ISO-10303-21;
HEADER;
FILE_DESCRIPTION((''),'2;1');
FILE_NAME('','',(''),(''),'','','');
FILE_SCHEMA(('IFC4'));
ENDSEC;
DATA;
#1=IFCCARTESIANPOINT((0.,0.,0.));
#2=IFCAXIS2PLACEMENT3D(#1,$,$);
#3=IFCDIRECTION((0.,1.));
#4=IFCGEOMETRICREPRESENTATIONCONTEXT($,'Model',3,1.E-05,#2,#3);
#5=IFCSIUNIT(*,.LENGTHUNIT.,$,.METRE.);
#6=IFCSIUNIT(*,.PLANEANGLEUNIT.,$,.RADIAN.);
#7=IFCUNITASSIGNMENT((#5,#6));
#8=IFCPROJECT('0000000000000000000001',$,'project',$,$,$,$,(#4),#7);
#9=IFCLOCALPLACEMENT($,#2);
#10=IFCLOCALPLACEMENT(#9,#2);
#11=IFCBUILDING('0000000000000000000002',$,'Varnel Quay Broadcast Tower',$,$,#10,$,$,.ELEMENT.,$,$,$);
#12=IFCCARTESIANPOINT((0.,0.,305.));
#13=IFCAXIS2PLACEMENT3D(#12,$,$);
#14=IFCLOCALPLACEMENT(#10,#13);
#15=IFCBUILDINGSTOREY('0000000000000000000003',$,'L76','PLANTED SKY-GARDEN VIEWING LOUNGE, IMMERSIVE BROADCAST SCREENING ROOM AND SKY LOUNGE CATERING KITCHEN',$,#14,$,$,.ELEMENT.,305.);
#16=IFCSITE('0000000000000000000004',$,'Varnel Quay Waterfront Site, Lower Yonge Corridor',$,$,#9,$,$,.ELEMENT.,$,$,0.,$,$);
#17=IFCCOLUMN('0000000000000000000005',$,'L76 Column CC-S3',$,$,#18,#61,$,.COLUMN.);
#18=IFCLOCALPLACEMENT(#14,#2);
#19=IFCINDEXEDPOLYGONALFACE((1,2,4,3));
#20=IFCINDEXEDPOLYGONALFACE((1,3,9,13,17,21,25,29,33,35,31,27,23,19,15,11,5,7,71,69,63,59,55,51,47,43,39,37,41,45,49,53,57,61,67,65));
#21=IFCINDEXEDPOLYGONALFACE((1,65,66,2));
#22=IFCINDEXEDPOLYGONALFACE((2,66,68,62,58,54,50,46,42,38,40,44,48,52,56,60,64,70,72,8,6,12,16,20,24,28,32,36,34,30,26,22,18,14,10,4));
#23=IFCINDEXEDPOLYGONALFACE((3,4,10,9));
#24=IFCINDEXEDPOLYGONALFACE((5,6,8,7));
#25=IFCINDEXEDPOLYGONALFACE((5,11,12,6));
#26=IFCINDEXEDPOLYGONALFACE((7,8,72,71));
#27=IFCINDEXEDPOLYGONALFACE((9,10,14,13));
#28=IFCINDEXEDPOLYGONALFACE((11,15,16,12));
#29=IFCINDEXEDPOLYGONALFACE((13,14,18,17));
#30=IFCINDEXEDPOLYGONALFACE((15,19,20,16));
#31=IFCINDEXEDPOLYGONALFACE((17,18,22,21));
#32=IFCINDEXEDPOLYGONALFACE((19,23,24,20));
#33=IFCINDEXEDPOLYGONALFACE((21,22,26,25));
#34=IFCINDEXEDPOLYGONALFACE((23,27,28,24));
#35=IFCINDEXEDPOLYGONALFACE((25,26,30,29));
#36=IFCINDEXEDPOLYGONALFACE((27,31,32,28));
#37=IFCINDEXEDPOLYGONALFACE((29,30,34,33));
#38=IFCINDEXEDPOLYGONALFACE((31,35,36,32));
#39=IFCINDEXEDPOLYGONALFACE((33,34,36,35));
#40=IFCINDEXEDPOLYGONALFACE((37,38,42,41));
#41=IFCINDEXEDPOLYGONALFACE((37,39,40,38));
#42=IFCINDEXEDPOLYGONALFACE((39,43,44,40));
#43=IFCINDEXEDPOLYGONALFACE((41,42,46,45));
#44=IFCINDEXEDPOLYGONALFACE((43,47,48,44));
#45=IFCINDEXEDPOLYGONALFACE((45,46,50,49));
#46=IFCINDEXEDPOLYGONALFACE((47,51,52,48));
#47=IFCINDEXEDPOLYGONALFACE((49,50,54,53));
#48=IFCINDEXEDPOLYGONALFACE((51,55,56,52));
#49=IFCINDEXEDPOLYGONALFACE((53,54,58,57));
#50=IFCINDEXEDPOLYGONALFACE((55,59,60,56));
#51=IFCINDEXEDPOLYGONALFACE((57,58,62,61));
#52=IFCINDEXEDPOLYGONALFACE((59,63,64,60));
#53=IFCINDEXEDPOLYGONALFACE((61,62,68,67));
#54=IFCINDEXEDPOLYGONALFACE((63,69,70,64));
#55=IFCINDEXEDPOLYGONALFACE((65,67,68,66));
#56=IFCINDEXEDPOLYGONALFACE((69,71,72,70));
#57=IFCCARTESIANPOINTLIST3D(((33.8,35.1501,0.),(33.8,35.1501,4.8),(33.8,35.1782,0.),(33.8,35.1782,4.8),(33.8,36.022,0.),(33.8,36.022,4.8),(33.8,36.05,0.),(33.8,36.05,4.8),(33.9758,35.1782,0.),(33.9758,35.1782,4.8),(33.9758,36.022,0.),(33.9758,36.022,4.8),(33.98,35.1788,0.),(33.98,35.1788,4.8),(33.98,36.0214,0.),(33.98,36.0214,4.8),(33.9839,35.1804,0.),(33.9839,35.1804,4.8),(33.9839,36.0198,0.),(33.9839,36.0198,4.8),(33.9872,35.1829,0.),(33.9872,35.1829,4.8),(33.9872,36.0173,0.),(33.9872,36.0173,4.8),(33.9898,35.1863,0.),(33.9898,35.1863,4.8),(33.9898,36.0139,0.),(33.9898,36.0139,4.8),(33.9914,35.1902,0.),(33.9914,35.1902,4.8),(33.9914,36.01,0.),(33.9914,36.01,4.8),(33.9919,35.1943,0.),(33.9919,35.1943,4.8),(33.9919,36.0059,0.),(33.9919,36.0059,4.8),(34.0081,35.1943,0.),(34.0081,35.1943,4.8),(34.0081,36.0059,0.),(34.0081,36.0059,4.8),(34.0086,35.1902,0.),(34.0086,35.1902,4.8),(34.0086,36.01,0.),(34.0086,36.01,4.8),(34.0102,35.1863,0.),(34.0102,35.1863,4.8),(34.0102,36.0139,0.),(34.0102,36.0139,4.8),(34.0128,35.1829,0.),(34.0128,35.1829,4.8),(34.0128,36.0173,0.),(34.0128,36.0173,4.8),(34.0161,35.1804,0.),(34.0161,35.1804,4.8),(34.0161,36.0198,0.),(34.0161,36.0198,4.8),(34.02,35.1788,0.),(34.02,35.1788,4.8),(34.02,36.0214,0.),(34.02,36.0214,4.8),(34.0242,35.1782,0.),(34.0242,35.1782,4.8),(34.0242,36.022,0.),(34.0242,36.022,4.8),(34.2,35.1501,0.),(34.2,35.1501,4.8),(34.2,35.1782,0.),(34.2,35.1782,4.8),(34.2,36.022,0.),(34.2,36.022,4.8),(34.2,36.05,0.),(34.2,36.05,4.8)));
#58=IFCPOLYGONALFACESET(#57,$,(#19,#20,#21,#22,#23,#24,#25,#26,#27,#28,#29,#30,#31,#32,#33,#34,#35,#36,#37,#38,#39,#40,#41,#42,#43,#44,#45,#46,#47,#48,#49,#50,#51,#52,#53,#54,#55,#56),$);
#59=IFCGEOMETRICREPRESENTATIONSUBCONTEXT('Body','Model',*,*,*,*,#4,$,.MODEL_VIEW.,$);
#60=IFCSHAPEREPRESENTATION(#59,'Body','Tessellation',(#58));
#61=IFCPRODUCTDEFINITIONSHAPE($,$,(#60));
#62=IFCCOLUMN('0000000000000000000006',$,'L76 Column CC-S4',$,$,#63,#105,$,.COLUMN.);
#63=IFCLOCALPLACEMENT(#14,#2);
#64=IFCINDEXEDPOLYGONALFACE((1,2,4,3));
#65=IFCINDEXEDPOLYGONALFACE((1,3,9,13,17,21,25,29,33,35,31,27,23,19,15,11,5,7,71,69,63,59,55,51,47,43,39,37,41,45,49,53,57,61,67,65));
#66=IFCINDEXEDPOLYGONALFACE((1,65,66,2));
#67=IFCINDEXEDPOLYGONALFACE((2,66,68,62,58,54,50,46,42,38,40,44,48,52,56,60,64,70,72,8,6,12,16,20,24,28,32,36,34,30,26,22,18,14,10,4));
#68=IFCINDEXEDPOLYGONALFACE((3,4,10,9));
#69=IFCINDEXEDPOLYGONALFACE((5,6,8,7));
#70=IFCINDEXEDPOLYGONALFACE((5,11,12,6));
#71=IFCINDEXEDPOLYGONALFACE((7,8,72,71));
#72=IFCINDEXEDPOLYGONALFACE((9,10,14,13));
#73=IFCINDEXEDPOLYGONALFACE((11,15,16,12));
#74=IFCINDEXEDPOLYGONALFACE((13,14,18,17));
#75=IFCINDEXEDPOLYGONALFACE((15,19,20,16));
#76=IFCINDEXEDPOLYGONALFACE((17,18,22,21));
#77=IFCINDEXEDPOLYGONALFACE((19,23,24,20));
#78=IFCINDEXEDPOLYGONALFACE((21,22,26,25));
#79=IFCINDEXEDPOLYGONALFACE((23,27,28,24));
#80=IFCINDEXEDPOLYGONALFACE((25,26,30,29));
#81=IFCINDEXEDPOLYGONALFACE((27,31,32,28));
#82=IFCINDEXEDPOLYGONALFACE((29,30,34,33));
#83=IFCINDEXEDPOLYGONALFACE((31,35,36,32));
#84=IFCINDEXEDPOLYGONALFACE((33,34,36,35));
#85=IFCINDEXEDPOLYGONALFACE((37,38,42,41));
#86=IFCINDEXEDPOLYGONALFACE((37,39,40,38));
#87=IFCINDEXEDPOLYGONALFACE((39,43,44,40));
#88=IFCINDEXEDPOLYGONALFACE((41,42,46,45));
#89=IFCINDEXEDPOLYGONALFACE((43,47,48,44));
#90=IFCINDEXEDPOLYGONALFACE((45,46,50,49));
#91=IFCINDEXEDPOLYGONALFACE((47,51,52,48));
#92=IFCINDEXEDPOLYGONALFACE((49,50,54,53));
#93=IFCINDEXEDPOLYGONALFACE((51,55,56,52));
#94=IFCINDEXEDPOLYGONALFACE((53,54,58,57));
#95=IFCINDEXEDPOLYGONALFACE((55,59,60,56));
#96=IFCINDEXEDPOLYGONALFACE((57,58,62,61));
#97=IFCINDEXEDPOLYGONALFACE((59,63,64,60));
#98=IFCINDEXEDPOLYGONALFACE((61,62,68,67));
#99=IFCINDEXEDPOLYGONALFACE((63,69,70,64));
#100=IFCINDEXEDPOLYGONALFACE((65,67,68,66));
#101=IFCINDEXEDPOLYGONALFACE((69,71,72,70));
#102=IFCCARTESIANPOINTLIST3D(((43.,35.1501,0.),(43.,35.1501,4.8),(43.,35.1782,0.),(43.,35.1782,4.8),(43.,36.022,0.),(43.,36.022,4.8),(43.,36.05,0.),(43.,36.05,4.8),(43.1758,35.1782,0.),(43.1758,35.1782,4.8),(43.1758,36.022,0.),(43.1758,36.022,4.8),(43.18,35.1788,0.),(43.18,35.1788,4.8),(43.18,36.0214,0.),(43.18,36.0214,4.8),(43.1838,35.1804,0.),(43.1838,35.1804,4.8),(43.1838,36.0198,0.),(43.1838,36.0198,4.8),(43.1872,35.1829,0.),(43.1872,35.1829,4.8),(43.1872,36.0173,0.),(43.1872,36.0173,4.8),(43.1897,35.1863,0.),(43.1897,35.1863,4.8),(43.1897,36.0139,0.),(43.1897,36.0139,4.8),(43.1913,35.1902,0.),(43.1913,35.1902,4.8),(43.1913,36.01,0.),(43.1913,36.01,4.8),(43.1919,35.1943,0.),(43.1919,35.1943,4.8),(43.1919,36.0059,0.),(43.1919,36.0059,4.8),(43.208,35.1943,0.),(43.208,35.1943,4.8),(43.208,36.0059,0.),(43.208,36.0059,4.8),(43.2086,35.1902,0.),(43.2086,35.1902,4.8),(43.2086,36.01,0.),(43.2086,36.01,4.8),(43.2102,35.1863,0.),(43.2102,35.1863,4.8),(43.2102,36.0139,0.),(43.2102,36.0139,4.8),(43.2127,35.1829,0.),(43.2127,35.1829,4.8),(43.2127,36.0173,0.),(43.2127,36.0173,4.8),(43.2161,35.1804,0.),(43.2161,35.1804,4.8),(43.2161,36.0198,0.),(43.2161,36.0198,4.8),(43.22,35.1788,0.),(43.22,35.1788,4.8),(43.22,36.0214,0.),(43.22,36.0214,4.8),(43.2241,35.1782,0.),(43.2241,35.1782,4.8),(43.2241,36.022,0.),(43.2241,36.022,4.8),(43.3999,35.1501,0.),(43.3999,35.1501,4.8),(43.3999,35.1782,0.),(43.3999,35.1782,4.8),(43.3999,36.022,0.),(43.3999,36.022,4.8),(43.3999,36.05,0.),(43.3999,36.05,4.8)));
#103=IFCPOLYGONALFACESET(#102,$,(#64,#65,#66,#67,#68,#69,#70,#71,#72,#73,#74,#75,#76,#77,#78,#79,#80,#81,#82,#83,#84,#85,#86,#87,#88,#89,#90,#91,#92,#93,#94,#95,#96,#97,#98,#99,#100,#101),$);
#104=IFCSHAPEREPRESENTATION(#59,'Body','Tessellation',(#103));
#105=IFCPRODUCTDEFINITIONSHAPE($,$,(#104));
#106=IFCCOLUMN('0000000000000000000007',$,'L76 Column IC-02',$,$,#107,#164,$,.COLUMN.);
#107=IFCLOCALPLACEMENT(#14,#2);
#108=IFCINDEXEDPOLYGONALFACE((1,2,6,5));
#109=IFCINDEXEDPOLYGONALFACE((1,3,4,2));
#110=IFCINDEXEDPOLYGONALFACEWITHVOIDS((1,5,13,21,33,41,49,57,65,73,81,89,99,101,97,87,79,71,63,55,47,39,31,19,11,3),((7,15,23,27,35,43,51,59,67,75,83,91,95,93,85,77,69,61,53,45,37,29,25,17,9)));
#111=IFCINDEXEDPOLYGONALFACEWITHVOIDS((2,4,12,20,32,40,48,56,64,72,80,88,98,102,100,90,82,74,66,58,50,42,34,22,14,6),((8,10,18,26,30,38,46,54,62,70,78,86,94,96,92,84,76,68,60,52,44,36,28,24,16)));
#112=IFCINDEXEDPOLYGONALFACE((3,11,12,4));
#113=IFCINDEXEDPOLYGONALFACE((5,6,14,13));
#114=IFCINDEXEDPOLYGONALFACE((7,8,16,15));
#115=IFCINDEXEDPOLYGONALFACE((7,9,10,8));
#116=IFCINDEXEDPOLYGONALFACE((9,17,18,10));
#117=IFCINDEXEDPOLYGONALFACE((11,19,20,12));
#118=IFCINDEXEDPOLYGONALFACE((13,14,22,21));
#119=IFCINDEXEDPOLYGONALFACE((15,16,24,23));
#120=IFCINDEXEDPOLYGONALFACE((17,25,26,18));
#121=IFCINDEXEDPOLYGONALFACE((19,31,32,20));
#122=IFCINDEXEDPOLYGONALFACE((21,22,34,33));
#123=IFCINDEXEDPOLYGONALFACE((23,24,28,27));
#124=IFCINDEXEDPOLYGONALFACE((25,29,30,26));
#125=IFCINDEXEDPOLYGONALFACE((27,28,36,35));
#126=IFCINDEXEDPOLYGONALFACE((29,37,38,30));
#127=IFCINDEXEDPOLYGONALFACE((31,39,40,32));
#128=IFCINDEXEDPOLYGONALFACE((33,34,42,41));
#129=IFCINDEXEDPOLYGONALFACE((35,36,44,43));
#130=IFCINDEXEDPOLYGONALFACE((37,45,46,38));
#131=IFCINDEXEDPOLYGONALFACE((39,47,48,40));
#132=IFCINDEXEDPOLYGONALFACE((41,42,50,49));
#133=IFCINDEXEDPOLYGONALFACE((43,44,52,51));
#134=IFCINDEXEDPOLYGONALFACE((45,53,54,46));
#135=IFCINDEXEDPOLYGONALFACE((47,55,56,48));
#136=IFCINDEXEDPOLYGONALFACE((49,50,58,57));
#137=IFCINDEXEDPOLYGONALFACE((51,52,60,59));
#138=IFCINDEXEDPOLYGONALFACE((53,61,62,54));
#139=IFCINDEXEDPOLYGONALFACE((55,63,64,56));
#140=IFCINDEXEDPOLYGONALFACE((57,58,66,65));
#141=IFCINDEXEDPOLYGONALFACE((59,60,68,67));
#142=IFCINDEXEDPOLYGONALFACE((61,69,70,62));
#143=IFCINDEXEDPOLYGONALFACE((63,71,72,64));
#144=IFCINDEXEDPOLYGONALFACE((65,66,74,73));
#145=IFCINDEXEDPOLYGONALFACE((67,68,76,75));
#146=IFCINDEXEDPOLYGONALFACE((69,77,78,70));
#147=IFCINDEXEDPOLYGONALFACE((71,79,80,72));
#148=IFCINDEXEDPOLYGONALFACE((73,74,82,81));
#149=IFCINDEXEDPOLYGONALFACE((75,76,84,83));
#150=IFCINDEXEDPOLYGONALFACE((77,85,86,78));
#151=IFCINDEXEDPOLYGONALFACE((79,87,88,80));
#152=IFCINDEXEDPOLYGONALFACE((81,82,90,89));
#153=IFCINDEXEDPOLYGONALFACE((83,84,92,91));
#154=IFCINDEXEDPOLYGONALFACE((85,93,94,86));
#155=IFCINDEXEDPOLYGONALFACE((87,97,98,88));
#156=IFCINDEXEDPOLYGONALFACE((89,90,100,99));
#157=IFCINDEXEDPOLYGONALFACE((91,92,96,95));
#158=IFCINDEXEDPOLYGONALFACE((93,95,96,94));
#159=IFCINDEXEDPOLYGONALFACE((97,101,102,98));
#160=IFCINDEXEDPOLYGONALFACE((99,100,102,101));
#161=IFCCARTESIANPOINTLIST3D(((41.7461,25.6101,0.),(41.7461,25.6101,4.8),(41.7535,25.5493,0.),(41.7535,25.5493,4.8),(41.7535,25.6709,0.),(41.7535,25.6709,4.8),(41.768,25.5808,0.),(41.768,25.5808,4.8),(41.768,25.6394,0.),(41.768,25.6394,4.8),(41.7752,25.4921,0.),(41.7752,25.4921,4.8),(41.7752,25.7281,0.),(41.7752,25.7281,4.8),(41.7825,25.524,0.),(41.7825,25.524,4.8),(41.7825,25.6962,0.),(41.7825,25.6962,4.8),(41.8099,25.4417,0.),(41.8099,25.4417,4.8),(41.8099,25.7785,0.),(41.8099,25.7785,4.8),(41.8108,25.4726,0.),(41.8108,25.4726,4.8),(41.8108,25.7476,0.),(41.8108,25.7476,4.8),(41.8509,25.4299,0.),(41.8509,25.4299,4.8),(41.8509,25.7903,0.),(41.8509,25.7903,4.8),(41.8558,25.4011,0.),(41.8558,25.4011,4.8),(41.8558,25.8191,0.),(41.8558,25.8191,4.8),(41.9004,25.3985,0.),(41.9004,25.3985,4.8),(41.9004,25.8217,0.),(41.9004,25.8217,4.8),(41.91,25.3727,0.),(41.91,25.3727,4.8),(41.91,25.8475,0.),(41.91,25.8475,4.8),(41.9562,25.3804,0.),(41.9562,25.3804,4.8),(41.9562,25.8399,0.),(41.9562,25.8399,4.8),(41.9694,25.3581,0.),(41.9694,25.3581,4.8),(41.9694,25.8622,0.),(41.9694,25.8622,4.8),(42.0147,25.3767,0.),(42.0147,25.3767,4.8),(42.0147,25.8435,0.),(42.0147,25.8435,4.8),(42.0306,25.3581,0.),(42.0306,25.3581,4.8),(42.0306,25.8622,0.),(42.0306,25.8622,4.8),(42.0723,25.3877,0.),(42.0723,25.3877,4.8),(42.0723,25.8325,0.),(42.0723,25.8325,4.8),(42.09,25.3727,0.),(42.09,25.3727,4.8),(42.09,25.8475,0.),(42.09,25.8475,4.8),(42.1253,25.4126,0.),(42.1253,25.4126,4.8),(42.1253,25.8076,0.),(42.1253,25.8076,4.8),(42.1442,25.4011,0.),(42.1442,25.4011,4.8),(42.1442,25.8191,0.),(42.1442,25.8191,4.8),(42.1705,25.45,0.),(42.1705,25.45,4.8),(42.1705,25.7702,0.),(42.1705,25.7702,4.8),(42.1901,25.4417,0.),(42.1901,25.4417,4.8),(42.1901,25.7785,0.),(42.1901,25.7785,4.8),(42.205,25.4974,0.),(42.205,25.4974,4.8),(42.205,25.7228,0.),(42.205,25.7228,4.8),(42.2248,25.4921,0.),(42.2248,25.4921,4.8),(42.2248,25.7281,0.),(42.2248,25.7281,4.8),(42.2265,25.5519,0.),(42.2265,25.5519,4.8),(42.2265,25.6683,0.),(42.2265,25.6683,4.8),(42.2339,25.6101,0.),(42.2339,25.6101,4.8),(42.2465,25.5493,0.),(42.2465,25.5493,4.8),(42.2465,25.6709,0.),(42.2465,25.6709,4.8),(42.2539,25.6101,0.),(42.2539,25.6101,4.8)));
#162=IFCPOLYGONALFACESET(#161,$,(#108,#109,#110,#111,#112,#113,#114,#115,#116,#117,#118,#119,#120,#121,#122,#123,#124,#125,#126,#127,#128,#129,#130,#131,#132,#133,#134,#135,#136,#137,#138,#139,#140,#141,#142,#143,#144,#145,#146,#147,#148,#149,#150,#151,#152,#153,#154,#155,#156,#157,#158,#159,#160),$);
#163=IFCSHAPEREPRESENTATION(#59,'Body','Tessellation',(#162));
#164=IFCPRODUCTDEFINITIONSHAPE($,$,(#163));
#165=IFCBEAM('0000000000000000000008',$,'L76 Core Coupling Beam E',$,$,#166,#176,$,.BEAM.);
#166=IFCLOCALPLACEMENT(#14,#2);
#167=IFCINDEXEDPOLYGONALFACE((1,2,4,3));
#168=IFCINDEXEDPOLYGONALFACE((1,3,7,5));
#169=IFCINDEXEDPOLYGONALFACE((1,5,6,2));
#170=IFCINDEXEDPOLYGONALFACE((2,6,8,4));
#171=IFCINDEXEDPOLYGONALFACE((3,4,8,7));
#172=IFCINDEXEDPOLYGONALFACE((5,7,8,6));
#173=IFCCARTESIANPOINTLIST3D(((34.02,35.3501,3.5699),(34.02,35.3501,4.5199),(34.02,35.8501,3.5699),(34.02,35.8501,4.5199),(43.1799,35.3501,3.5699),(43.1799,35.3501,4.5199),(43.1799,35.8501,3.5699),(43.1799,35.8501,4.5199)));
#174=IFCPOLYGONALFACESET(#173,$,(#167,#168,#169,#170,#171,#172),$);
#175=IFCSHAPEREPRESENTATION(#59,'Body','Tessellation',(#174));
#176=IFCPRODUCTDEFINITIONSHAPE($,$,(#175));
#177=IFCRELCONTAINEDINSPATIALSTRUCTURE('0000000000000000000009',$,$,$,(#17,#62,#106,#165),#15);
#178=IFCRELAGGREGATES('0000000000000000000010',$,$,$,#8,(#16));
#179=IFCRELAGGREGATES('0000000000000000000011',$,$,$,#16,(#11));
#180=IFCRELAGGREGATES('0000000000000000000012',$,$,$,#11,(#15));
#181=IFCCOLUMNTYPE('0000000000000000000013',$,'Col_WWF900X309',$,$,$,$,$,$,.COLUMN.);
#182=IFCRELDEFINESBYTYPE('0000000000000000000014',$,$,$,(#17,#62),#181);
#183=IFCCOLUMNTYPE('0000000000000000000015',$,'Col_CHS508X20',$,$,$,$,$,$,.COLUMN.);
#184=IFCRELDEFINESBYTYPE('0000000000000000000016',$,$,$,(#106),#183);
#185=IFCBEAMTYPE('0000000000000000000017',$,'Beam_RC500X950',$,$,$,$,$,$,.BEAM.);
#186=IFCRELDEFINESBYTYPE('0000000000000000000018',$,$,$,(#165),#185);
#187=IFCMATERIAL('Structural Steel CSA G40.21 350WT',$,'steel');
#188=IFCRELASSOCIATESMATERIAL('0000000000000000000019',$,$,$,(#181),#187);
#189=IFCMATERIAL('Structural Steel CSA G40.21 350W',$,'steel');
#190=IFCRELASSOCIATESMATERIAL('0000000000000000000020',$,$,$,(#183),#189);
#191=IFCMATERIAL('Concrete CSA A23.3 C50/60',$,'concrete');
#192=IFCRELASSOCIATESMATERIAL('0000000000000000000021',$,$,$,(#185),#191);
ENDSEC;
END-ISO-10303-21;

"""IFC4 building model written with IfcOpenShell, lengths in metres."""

from ifc_helpers import new_model, si_unit, direction, frame, origin, origin_2d, place, context, subcontext, project, spatial, rectangle, hollow_circle, i_section, extrude, source, transform, mapped, material, material_profile, profile_set, type_object, type_shapes, element, save


model = new_model("IFC4")

# Units and contexts
model_context = context("Model", 3, precision=1e-05, world=origin(), true_north=direction((0.0, 1.0)))
body_context = subcontext(model_context, "Body", "Model", "MODEL_VIEW")
ifc_project = project(units=[si_unit("LENGTHUNIT", "METRE"), si_unit("PLANEANGLEUNIT", "RADIAN")], contexts=[model_context])

# Site, building, storey
site_placement = place(None, origin())
site = spatial("IfcSite", under=ifc_project, at=site_placement, Name="Varnel Quay Waterfront Site, Lower Yonge Corridor", CompositionType="ELEMENT", RefElevation=0.0)
building_placement = place(site_placement, origin())
building = spatial("IfcBuilding", under=site, at=building_placement, Name="Varnel Quay Broadcast Tower", CompositionType="ELEMENT")
storey_placement = place(building_placement, frame((0.0, 0.0, 305.0)))
storey = spatial("IfcBuildingStorey", under=building, at=storey_placement, Name="L76", Description="PLANTED SKY-GARDEN VIEWING LOUNGE, IMMERSIVE BROADCAST SCREENING ROOM AND SKY LOUNGE CATERING KITCHEN", CompositionType="ELEMENT", Elevation=305.0)

# Columns
ifc_material_1 = material(Name="Structural Steel CSA G40.21 350WT", Category="steel")
ifc_material_profile_1 = material_profile(ifc_material_1, i_section(OverallWidth=0.3999, OverallDepth=0.8999, WebThickness=0.0161, FlangeThickness=0.0281, FilletRadius=0.0161, at=origin_2d()), Name="WWF900X309")
ifc_profile_set_1 = profile_set([ifc_material_profile_1], Name="Structural Steel CSA G40.21 350WT")
column_type_1 = type_object("IfcColumnType", Name="Col_WWF900X309", PredefinedType="COLUMN", material=ifc_profile_set_1)
shared_shape_1 = source(origin(), body_context, "Body", "SweptSolid", [
    extrude(i_section(OverallWidth=0.3999, OverallDepth=0.8999, WebThickness=0.0161, FlangeThickness=0.0281, FilletRadius=0.0161, at=origin_2d()), origin(), (0.0, 0.0, 1.0), 4.8),
])
type_shapes(column_type_1, [shared_shape_1])
for number, where, z_axis, x_axis, name in (
    (1, (34.0, 35.6001, 0.0), (0.0, 0.0, 1.0), (1.0, 0.0, 0.0), "L76 Column CC-S3"),
    (2, (43.2, 35.6001, 0.0), (0.0, 0.0, 1.0), (1.0, 0.0, 0.0), "L76 Column CC-S4"),
):
    element("IfcColumn", number, at=place(storey_placement, frame(where, z_axis=z_axis, x_axis=x_axis)), inside=storey, type_object=column_type_1, Name=name, PredefinedType="COLUMN", context=body_context, shape_type="MappedRepresentation", body=[
        mapped(shared_shape_1, transform((0.0, 0.0, 0.0), x_axis=(1.0, 0.0, 0.0), y_axis=(0.0, 1.0, 0.0), z_axis=(0.0, 0.0, 1.0), scale=1.0)),
    ])
ifc_material_2 = material(Name="Structural Steel CSA G40.21 350W", Category="steel")
ifc_material_profile_2 = material_profile(ifc_material_2, hollow_circle(Radius=0.2539, WallThickness=0.02, at=origin_2d()), Name="CHS508X20")
ifc_profile_set_2 = profile_set([ifc_material_profile_2], Name="Structural Steel CSA G40.21 350W")
column_type_2 = type_object("IfcColumnType", Name="Col_CHS508X20", PredefinedType="COLUMN", material=ifc_profile_set_2)
shared_shape_2 = source(origin(), body_context, "Body", "SweptSolid", [
    extrude(hollow_circle(Radius=0.2539, WallThickness=0.02, at=origin_2d()), origin(), (0.0, 0.0, 1.0), 4.8),
])
type_shapes(column_type_2, [shared_shape_2])
column_placement = place(storey_placement, frame((42.0, 25.6101, 0.0), z_axis=(0.0, 0.0, 1.0), x_axis=(1.0, 0.0, 0.0)))
element("IfcColumn", 3, at=column_placement, inside=storey, type_object=column_type_2, Name="L76 Column IC-02", PredefinedType="COLUMN", context=body_context, shape_type="MappedRepresentation", body=[
    mapped(shared_shape_2, transform((0.0, 0.0, 0.0), x_axis=(1.0, 0.0, 0.0), y_axis=(0.0, 1.0, 0.0), z_axis=(0.0, 0.0, 1.0), scale=1.0)),
])

# Beam
ifc_material_3 = material(Name="Concrete CSA A23.3 C50/60", Category="concrete")
ifc_material_profile_3 = material_profile(ifc_material_3, rectangle(XDim=0.5, YDim=0.95, at=origin_2d()), Name="RC500X950")
ifc_profile_set_3 = profile_set([ifc_material_profile_3], Name="Concrete CSA A23.3 C50/60")
beam_type_1 = type_object("IfcBeamType", Name="Beam_RC500X950", PredefinedType="BEAM", material=ifc_profile_set_3)
shared_shape_3 = source(origin(), body_context, "Body", "SweptSolid", [
    extrude(rectangle(XDim=0.5, YDim=0.95, at=origin_2d()), origin(), (0.0, 0.0, 1.0), 9.1599),
])
type_shapes(beam_type_1, [shared_shape_3])
beam_1_placement = place(storey_placement, frame((34.02, 35.6001, 4.0449), z_axis=(1.0, 0.0, 0.0), x_axis=(0.0, 1.0, 0.0)))
element("IfcBeam", 4, at=beam_1_placement, inside=storey, type_object=beam_type_1, Name="L76 Core Coupling Beam E", PredefinedType="BEAM", context=body_context, shape_type="MappedRepresentation", body=[
    mapped(shared_shape_3, transform((0.0, 0.0, 0.0), x_axis=(1.0, 0.0, 0.0), y_axis=(0.0, 1.0, 0.0), z_axis=(0.0, 0.0, 1.0), scale=1.0)),
])

save(model, "model.ifc")
